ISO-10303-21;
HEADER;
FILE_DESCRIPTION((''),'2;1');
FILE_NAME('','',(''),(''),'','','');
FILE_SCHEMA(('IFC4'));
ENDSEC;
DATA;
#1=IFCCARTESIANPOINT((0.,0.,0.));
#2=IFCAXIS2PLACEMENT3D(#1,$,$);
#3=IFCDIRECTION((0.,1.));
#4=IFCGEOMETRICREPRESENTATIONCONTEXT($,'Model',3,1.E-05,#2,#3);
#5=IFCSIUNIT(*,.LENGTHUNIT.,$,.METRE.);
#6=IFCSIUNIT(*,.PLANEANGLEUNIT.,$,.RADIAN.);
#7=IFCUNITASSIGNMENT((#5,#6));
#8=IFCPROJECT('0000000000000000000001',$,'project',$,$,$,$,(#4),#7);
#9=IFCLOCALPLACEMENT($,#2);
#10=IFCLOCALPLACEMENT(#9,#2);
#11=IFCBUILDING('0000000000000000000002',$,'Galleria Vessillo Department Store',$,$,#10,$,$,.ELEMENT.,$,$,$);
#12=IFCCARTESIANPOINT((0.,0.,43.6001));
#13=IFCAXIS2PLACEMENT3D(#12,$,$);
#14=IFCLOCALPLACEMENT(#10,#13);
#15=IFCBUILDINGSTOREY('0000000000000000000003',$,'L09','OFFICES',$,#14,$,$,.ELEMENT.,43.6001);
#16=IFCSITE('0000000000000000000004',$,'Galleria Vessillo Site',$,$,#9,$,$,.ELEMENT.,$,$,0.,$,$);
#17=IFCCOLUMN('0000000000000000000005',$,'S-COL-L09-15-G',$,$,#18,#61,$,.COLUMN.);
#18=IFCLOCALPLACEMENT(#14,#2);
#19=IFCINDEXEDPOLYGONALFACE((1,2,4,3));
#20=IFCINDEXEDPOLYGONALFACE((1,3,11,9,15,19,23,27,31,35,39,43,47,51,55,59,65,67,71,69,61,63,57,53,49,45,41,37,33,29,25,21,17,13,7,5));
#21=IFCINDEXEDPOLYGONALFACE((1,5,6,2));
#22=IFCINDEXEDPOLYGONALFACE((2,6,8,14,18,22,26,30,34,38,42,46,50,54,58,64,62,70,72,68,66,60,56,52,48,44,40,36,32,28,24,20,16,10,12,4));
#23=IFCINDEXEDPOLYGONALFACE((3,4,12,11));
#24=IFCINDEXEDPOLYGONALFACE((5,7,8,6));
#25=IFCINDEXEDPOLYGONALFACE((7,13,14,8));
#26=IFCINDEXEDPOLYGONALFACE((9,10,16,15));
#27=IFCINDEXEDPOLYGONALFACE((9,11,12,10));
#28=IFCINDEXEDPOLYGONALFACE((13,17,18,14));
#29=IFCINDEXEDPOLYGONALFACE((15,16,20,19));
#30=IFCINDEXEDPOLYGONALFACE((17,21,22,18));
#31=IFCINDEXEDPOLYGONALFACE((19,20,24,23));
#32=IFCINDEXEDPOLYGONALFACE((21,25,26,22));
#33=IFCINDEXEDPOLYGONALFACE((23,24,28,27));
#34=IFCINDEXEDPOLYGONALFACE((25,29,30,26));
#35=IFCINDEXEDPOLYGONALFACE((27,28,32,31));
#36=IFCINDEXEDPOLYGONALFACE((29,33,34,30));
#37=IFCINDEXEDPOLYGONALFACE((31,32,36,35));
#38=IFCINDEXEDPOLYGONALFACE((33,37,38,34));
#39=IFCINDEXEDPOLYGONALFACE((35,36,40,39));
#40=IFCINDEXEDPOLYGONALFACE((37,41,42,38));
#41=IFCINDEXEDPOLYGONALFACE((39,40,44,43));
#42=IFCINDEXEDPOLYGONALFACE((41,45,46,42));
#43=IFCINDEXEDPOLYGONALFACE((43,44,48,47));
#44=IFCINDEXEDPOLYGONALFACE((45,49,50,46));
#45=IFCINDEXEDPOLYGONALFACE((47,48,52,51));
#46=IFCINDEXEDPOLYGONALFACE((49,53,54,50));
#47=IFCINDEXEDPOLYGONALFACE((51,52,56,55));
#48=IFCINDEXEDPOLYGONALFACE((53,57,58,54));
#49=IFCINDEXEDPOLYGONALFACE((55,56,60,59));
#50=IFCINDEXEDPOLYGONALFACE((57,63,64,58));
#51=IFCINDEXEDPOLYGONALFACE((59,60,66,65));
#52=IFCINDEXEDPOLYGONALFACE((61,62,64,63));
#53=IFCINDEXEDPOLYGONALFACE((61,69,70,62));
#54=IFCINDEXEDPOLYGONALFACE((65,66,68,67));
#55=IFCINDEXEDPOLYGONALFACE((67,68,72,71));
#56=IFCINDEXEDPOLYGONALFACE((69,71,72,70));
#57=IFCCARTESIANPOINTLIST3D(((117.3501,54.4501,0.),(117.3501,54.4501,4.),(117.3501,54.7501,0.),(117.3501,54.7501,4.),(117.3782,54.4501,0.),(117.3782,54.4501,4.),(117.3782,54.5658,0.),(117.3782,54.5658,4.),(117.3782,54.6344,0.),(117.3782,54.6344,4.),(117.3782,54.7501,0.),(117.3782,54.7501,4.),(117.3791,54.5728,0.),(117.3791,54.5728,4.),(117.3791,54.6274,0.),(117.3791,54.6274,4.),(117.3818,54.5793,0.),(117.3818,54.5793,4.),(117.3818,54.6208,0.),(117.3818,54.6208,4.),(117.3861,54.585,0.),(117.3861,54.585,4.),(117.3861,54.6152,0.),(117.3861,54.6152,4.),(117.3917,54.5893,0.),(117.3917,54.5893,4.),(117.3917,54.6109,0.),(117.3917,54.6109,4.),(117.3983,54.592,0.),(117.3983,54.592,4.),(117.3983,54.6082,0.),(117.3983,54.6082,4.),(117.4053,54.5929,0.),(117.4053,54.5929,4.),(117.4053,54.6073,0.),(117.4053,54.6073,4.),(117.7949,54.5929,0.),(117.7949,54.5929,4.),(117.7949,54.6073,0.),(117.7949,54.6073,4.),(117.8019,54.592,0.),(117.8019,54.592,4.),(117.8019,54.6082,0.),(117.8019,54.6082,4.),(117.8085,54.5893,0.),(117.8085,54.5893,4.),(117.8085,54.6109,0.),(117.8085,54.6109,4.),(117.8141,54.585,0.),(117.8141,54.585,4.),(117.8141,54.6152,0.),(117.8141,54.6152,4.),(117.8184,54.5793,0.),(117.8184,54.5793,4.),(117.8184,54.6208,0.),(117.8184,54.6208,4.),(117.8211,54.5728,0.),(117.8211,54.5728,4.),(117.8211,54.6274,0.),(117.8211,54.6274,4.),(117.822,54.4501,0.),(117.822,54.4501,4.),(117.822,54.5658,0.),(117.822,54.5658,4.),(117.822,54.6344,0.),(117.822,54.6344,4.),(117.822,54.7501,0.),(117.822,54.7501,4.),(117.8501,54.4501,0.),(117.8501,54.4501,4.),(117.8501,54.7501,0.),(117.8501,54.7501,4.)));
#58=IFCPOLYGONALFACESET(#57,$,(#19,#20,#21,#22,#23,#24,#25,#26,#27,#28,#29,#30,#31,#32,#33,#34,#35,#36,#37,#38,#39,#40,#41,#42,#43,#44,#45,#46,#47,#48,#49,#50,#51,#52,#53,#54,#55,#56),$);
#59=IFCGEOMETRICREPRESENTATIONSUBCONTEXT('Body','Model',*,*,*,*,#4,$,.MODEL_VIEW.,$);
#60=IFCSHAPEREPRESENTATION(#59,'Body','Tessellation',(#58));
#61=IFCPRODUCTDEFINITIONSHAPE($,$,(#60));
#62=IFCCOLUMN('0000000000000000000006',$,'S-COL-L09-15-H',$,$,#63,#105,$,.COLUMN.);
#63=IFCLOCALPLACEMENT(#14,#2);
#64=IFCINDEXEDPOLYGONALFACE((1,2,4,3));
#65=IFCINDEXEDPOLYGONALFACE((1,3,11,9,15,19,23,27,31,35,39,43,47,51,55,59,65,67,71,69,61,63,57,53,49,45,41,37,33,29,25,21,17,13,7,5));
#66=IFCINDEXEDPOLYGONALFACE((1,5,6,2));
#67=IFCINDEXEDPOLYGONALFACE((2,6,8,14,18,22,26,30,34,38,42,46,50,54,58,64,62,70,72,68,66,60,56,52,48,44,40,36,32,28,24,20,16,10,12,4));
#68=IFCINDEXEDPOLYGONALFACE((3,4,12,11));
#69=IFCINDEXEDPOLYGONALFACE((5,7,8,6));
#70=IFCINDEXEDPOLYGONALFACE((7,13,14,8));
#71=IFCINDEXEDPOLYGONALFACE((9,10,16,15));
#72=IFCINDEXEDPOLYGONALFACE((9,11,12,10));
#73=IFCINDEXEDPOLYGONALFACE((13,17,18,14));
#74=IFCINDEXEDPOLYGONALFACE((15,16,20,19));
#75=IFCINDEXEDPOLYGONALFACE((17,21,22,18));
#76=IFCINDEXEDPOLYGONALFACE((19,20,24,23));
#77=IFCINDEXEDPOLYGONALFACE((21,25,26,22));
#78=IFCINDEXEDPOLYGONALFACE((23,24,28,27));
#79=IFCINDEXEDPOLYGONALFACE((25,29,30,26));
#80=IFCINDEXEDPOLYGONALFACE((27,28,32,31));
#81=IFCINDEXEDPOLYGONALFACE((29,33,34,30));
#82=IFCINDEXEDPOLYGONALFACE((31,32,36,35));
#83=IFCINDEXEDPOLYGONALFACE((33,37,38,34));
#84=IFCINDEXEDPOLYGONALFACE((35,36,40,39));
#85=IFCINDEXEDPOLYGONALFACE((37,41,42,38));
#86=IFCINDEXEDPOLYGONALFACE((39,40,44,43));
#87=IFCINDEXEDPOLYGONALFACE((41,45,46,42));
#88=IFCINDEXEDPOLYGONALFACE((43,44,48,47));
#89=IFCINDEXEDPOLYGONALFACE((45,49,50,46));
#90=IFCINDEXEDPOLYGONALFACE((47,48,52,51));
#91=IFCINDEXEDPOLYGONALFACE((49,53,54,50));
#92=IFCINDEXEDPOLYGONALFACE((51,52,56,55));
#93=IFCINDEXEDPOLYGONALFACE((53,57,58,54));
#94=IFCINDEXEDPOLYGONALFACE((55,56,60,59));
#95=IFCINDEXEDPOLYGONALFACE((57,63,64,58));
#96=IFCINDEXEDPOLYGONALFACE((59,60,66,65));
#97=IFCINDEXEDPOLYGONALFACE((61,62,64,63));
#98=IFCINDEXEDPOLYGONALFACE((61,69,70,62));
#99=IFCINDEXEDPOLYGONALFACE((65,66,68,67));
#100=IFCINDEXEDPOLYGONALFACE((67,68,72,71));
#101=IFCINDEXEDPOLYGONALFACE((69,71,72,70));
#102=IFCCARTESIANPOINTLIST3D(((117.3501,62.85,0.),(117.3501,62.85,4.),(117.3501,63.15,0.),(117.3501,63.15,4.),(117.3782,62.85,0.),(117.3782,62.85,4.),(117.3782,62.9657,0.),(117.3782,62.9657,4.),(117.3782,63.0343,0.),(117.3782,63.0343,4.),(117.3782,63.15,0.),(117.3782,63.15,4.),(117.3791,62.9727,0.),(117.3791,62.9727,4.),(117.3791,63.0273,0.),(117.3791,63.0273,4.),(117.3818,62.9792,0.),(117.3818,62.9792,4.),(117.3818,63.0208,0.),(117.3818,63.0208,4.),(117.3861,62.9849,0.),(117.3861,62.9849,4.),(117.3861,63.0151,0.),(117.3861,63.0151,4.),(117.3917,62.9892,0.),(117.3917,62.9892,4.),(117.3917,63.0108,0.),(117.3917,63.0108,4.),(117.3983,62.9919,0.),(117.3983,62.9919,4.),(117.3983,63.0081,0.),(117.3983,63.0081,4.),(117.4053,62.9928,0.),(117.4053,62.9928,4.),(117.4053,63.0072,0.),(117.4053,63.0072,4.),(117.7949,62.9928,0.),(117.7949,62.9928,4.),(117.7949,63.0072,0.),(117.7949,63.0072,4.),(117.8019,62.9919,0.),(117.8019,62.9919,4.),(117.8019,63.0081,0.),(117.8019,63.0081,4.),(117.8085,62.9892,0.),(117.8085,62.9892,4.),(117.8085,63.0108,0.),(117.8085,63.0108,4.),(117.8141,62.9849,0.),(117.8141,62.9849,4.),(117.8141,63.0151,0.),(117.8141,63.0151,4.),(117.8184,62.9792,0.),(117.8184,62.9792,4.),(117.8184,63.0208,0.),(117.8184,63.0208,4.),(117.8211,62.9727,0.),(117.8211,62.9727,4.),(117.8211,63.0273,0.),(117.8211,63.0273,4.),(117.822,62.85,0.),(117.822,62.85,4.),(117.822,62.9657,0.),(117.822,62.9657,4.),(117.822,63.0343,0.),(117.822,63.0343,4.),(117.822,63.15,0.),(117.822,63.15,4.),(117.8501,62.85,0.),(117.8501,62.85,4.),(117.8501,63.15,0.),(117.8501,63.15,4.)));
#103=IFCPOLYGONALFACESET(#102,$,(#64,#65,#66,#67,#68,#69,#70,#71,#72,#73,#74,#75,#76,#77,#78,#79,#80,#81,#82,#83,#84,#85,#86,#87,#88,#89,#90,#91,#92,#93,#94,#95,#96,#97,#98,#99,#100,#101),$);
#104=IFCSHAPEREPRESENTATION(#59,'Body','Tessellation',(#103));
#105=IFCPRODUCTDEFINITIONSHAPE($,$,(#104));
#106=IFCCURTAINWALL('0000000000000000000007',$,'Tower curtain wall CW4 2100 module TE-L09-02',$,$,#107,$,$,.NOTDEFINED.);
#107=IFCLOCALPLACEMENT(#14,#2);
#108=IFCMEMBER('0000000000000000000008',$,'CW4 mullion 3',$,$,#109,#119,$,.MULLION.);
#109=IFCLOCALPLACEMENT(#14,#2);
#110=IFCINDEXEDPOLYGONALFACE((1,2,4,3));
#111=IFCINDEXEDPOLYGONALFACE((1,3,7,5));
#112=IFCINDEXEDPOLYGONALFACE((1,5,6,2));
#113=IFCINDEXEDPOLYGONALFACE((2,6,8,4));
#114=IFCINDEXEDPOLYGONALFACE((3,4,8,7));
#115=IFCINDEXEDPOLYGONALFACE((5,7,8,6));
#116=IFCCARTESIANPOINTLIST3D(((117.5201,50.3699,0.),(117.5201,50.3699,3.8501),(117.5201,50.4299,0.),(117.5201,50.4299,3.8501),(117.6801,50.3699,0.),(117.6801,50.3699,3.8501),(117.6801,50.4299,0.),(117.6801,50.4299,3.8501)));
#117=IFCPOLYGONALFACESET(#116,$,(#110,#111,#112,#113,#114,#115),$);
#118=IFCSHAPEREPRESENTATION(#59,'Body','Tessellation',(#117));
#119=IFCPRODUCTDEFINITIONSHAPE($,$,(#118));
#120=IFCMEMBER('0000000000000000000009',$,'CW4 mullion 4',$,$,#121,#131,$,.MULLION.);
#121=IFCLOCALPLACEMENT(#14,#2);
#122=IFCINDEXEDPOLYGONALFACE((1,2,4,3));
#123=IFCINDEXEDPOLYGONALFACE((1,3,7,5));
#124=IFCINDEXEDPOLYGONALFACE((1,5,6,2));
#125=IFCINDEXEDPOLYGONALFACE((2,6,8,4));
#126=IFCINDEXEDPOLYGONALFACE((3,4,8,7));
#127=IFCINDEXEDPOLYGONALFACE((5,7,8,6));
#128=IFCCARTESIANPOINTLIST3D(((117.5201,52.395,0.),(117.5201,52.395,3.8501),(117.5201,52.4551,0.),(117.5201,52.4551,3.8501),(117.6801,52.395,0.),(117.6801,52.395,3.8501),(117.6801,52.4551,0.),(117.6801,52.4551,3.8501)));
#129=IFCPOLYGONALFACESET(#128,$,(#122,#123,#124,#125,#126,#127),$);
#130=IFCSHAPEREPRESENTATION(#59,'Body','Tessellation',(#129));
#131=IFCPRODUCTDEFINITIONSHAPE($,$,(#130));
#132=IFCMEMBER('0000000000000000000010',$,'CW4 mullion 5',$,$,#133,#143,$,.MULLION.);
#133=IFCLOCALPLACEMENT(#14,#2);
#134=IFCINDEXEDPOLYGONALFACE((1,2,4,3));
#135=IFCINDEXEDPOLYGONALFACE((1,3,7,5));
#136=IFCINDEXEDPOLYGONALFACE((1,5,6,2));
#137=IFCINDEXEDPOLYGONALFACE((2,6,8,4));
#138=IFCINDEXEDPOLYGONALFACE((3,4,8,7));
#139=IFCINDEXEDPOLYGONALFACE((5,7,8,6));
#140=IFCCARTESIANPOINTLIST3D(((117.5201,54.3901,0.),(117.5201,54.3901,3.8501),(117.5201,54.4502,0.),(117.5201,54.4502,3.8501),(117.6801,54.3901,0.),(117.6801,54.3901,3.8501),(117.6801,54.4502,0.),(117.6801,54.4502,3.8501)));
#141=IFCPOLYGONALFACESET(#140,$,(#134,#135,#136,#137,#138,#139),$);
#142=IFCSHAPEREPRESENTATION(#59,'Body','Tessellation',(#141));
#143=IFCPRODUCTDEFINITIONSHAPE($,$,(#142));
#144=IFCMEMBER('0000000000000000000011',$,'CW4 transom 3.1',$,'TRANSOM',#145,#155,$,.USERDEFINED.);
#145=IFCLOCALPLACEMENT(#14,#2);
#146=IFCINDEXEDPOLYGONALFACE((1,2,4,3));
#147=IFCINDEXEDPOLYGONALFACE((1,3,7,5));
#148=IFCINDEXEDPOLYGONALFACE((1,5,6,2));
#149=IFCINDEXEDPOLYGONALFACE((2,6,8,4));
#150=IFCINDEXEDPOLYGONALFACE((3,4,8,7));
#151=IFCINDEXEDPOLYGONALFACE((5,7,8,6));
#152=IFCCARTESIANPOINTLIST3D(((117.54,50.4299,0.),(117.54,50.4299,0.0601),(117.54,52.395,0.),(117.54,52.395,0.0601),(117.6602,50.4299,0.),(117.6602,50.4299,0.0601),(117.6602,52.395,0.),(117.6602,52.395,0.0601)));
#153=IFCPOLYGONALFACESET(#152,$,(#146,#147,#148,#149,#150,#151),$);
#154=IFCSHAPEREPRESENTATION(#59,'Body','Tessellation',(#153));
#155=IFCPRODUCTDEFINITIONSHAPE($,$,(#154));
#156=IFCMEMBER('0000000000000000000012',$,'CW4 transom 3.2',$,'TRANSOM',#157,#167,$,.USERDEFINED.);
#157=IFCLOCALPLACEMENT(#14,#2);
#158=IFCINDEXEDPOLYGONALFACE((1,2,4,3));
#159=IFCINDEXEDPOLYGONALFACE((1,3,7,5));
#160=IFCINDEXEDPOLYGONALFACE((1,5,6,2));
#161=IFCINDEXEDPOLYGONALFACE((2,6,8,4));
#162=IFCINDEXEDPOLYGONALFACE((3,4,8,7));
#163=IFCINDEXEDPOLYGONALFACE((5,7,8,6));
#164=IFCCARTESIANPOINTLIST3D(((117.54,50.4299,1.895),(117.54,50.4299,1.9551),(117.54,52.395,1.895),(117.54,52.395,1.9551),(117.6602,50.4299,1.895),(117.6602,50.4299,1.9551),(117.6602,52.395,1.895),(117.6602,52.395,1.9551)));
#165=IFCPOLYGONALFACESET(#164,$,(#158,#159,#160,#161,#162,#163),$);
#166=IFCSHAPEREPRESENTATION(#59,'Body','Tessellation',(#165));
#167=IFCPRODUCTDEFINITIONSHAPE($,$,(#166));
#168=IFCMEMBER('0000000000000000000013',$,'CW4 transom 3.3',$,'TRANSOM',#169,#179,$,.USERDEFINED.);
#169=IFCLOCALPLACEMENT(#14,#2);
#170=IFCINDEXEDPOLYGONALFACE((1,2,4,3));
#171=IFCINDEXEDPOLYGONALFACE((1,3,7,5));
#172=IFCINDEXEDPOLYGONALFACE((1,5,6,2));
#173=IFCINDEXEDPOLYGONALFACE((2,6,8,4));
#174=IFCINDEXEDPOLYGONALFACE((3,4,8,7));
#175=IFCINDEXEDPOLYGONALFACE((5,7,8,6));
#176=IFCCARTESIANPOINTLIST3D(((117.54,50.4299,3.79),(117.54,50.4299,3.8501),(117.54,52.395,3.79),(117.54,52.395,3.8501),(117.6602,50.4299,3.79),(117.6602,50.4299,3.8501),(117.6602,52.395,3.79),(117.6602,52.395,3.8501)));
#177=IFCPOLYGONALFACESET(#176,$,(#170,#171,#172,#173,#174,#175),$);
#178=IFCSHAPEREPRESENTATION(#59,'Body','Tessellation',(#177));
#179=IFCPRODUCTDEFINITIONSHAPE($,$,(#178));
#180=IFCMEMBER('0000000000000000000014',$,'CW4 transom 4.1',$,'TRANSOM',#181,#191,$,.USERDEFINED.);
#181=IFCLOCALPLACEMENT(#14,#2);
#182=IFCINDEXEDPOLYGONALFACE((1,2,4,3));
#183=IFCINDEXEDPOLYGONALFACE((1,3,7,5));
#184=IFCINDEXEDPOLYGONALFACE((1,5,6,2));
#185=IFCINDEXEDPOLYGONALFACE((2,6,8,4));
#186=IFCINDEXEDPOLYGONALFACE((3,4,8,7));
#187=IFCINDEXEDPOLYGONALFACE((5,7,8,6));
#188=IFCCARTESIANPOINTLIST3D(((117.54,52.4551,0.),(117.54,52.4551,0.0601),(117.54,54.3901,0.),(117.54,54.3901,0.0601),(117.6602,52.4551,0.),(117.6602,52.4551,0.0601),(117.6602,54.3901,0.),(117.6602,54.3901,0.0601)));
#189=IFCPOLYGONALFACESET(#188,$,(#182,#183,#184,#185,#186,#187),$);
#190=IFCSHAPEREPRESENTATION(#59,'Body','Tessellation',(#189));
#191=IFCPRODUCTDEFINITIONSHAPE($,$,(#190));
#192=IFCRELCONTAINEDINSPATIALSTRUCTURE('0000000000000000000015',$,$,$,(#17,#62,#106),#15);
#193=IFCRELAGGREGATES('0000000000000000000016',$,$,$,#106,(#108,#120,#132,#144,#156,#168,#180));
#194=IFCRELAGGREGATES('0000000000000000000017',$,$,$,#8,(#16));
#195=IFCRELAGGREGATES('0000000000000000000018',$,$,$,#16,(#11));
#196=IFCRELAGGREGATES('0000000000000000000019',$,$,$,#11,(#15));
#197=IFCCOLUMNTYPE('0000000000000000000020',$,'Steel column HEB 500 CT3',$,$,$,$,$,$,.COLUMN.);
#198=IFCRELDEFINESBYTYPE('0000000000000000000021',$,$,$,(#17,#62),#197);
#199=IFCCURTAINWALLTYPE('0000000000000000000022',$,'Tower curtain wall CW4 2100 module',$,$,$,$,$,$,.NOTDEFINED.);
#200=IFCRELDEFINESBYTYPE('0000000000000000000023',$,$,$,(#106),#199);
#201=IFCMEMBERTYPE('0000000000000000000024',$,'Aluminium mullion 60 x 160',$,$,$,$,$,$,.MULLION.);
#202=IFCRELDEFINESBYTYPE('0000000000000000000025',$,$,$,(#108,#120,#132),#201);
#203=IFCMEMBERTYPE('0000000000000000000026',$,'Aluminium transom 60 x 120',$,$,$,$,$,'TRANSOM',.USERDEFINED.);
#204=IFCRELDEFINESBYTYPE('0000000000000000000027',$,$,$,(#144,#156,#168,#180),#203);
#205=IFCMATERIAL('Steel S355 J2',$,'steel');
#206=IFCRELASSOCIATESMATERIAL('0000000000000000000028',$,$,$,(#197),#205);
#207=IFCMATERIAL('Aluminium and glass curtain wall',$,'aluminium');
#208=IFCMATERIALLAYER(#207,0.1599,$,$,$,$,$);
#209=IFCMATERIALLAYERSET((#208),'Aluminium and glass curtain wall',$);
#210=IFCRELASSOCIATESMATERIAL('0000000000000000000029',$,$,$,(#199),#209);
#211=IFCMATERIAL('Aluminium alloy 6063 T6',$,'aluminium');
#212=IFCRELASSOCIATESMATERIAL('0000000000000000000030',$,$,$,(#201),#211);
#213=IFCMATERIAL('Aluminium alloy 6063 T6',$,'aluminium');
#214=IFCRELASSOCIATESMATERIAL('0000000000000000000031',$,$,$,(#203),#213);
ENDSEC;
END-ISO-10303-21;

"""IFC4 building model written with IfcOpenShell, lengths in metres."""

from ifc_helpers import new_model, si_unit, direction, frame, origin, origin_2d, place, context, subcontext, project, spatial, rectangle, i_section, extrude, material, layer, layer_set, material_profile, profile_set, type_object, element, aggregate, save


model = new_model("IFC4")

# Units and contexts
model_context = context("Model", 3, precision=1e-05, world=origin(), true_north=direction((0.0, 1.0)))
body_context = subcontext(model_context, "Body", "Model", "MODEL_VIEW")
ifc_project = project(units=[si_unit("LENGTHUNIT", "METRE"), si_unit("PLANEANGLEUNIT", "RADIAN")], contexts=[model_context])

# Site, building, storey
site_placement = place(None, origin())
site = spatial("IfcSite", under=ifc_project, at=site_placement, Name="Galleria Vessillo Site", CompositionType="ELEMENT", RefElevation=0.0)
building_placement = place(site_placement, origin())
building = spatial("IfcBuilding", under=site, at=building_placement, Name="Galleria Vessillo Department Store", CompositionType="ELEMENT")
storey_placement = place(building_placement, frame((0.0, 0.0, 43.6001)))
storey = spatial("IfcBuildingStorey", under=building, at=storey_placement, Name="L09", Description="OFFICES", CompositionType="ELEMENT", Elevation=43.6001)

# Columns
ifc_material_1 = material(Name="Steel S355 J2", Category="steel")
ifc_material_profile_1 = material_profile(ifc_material_1, i_section(OverallWidth=0.3, OverallDepth=0.5, WebThickness=0.0144, FlangeThickness=0.0281, FilletRadius=0.0271, at=origin_2d()), Name="HEB 500")
ifc_profile_set_1 = profile_set([ifc_material_profile_1], Name="Steel S355 J2")
column_type = type_object("IfcColumnType", Name="Steel column HEB 500 CT3", PredefinedType="COLUMN", material=ifc_profile_set_1)
for number, where, z_axis, x_axis, name in (
    (1, (117.6001, 54.6001, 0.0), (0.0, 0.0, 1.0), (0.0, 1.0, 0.0), "S-COL-L09-15-G"),
    (2, (117.6001, 63.0, 0.0), (0.0, 0.0, 1.0), (0.0, 1.0, 0.0), "S-COL-L09-15-H"),
):
    element("IfcColumn", number, at=place(storey_placement, frame(where, z_axis=z_axis, x_axis=x_axis)), inside=storey, type_object=column_type, Name=name, PredefinedType="COLUMN", context=body_context, shape_type="SweptSolid", body=[
        extrude(i_section(OverallWidth=0.3, OverallDepth=0.5, WebThickness=0.0144, FlangeThickness=0.0281, FilletRadius=0.0271, at=origin_2d()), origin(), (0.0, 0.0, 1.0), 4.0),
    ])

# Curtain wall, members
ifc_material_2 = material(Name="Aluminium and glass curtain wall", Category="aluminium")
ifc_layer_1 = layer(ifc_material_2, 0.1599)
ifc_layer_set_1 = layer_set([ifc_layer_1], Name="Aluminium and glass curtain wall")
curtain_wall_type = type_object("IfcCurtainWallType", Name="Tower curtain wall CW4 2100 module", PredefinedType="NOTDEFINED", material=ifc_layer_set_1)
curtain_wall_placement = place(storey_placement, origin())
curtain_wall = element("IfcCurtainWall", 3, at=curtain_wall_placement, inside=storey, type_object=curtain_wall_type, Name="Tower curtain wall CW4 2100 module TE-L09-02", PredefinedType="NOTDEFINED")
ifc_material_3 = material(Name="Aluminium alloy 6063 T6", Category="aluminium")
ifc_material_profile_2 = material_profile(ifc_material_3, rectangle(XDim=0.1599, YDim=0.0601, at=origin_2d()), Name="AL 60x160")
ifc_profile_set_2 = profile_set([ifc_material_profile_2], Name="Aluminium alloy 6063 T6")
member_type_1 = type_object("IfcMemberType", Name="Aluminium mullion 60 x 160", PredefinedType="MULLION", material=ifc_profile_set_2)
member_1_placement = place(storey_placement, frame((117.6001, 50.3999, 0.0), z_axis=(0.0, 0.0, 1.0), x_axis=(-1.0, 0.0, 0.0)))
member_1 = element("IfcMember", 4, at=member_1_placement, type_object=member_type_1, Name="CW4 mullion 3", PredefinedType="MULLION", context=body_context, shape_type="SweptSolid", body=[
    extrude(rectangle(XDim=0.1599, YDim=0.0601, at=origin_2d()), origin(), (0.0, 0.0, 1.0), 3.8501),
])
member_2_placement = place(storey_placement, frame((117.6001, 52.425, 0.0), z_axis=(0.0, 0.0, 1.0), x_axis=(-1.0, 0.0, 0.0)))
member_2 = element("IfcMember", 5, at=member_2_placement, type_object=member_type_1, Name="CW4 mullion 4", PredefinedType="MULLION", context=body_context, shape_type="SweptSolid", body=[
    extrude(rectangle(XDim=0.1599, YDim=0.0601, at=origin_2d()), origin(), (0.0, 0.0, 1.0), 3.8501),
])
member_3_placement = place(storey_placement, frame((117.6001, 54.4202, 0.0), z_axis=(0.0, 0.0, 1.0), x_axis=(-1.0, 0.0, 0.0)))
member_3 = element("IfcMember", 6, at=member_3_placement, type_object=member_type_1, Name="CW4 mullion 5", PredefinedType="MULLION", context=body_context, shape_type="SweptSolid", body=[
    extrude(rectangle(XDim=0.1599, YDim=0.0601, at=origin_2d()), origin(), (0.0, 0.0, 1.0), 3.8501),
])
ifc_material_4 = material(Name="Aluminium alloy 6063 T6", Category="aluminium")
ifc_material_profile_3 = material_profile(ifc_material_4, rectangle(XDim=0.1201, YDim=0.0601, at=origin_2d()), Name="AL 60x120")
ifc_profile_set_3 = profile_set([ifc_material_profile_3], Name="Aluminium alloy 6063 T6")
member_type_2 = type_object("IfcMemberType", Name="Aluminium transom 60 x 120", ElementType="TRANSOM", PredefinedType="USERDEFINED", material=ifc_profile_set_3)
member_4_placement = place(storey_placement, frame((117.6001, 50.4299, 0.03), z_axis=(0.0, 1.0, 0.0), x_axis=(-1.0, 0.0, 0.0)))
member_4 = element("IfcMember", 7, at=member_4_placement, type_object=member_type_2, Name="CW4 transom 3.1", ObjectType="TRANSOM", PredefinedType="USERDEFINED", context=body_context, shape_type="SweptSolid", body=[
    extrude(rectangle(XDim=0.1201, YDim=0.0601, at=origin_2d()), origin(), (0.0, 0.0, 1.0), 1.9651),
])
member_5_placement = place(storey_placement, frame((117.6001, 50.4299, 1.925), z_axis=(0.0, 1.0, 0.0), x_axis=(-1.0, 0.0, 0.0)))
member_5 = element("IfcMember", 8, at=member_5_placement, type_object=member_type_2, Name="CW4 transom 3.2", ObjectType="TRANSOM", PredefinedType="USERDEFINED", context=body_context, shape_type="SweptSolid", body=[
    extrude(rectangle(XDim=0.1201, YDim=0.0601, at=origin_2d()), origin(), (0.0, 0.0, 1.0), 1.9651),
])
member_6_placement = place(storey_placement, frame((117.6001, 50.4299, 3.8201), z_axis=(0.0, 1.0, 0.0), x_axis=(-1.0, 0.0, 0.0)))
member_6 = element("IfcMember", 9, at=member_6_placement, type_object=member_type_2, Name="CW4 transom 3.3", ObjectType="TRANSOM", PredefinedType="USERDEFINED", context=body_context, shape_type="SweptSolid", body=[
    extrude(rectangle(XDim=0.1201, YDim=0.0601, at=origin_2d()), origin(), (0.0, 0.0, 1.0), 1.9651),
])
member_7_placement = place(storey_placement, frame((117.6001, 52.4551, 0.03), z_axis=(0.0, 1.0, 0.0), x_axis=(-1.0, 0.0, 0.0)))
member_7 = element("IfcMember", 10, at=member_7_placement, type_object=member_type_2, Name="CW4 transom 4.1", ObjectType="TRANSOM", PredefinedType="USERDEFINED", context=body_context, shape_type="SweptSolid", body=[
    extrude(rectangle(XDim=0.1201, YDim=0.0601, at=origin_2d()), origin(), (0.0, 0.0, 1.0), 1.9351),
])
aggregate(curtain_wall, [member_1, member_2, member_3, member_4, member_5, member_6, member_7])

save(model, "model.ifc")
